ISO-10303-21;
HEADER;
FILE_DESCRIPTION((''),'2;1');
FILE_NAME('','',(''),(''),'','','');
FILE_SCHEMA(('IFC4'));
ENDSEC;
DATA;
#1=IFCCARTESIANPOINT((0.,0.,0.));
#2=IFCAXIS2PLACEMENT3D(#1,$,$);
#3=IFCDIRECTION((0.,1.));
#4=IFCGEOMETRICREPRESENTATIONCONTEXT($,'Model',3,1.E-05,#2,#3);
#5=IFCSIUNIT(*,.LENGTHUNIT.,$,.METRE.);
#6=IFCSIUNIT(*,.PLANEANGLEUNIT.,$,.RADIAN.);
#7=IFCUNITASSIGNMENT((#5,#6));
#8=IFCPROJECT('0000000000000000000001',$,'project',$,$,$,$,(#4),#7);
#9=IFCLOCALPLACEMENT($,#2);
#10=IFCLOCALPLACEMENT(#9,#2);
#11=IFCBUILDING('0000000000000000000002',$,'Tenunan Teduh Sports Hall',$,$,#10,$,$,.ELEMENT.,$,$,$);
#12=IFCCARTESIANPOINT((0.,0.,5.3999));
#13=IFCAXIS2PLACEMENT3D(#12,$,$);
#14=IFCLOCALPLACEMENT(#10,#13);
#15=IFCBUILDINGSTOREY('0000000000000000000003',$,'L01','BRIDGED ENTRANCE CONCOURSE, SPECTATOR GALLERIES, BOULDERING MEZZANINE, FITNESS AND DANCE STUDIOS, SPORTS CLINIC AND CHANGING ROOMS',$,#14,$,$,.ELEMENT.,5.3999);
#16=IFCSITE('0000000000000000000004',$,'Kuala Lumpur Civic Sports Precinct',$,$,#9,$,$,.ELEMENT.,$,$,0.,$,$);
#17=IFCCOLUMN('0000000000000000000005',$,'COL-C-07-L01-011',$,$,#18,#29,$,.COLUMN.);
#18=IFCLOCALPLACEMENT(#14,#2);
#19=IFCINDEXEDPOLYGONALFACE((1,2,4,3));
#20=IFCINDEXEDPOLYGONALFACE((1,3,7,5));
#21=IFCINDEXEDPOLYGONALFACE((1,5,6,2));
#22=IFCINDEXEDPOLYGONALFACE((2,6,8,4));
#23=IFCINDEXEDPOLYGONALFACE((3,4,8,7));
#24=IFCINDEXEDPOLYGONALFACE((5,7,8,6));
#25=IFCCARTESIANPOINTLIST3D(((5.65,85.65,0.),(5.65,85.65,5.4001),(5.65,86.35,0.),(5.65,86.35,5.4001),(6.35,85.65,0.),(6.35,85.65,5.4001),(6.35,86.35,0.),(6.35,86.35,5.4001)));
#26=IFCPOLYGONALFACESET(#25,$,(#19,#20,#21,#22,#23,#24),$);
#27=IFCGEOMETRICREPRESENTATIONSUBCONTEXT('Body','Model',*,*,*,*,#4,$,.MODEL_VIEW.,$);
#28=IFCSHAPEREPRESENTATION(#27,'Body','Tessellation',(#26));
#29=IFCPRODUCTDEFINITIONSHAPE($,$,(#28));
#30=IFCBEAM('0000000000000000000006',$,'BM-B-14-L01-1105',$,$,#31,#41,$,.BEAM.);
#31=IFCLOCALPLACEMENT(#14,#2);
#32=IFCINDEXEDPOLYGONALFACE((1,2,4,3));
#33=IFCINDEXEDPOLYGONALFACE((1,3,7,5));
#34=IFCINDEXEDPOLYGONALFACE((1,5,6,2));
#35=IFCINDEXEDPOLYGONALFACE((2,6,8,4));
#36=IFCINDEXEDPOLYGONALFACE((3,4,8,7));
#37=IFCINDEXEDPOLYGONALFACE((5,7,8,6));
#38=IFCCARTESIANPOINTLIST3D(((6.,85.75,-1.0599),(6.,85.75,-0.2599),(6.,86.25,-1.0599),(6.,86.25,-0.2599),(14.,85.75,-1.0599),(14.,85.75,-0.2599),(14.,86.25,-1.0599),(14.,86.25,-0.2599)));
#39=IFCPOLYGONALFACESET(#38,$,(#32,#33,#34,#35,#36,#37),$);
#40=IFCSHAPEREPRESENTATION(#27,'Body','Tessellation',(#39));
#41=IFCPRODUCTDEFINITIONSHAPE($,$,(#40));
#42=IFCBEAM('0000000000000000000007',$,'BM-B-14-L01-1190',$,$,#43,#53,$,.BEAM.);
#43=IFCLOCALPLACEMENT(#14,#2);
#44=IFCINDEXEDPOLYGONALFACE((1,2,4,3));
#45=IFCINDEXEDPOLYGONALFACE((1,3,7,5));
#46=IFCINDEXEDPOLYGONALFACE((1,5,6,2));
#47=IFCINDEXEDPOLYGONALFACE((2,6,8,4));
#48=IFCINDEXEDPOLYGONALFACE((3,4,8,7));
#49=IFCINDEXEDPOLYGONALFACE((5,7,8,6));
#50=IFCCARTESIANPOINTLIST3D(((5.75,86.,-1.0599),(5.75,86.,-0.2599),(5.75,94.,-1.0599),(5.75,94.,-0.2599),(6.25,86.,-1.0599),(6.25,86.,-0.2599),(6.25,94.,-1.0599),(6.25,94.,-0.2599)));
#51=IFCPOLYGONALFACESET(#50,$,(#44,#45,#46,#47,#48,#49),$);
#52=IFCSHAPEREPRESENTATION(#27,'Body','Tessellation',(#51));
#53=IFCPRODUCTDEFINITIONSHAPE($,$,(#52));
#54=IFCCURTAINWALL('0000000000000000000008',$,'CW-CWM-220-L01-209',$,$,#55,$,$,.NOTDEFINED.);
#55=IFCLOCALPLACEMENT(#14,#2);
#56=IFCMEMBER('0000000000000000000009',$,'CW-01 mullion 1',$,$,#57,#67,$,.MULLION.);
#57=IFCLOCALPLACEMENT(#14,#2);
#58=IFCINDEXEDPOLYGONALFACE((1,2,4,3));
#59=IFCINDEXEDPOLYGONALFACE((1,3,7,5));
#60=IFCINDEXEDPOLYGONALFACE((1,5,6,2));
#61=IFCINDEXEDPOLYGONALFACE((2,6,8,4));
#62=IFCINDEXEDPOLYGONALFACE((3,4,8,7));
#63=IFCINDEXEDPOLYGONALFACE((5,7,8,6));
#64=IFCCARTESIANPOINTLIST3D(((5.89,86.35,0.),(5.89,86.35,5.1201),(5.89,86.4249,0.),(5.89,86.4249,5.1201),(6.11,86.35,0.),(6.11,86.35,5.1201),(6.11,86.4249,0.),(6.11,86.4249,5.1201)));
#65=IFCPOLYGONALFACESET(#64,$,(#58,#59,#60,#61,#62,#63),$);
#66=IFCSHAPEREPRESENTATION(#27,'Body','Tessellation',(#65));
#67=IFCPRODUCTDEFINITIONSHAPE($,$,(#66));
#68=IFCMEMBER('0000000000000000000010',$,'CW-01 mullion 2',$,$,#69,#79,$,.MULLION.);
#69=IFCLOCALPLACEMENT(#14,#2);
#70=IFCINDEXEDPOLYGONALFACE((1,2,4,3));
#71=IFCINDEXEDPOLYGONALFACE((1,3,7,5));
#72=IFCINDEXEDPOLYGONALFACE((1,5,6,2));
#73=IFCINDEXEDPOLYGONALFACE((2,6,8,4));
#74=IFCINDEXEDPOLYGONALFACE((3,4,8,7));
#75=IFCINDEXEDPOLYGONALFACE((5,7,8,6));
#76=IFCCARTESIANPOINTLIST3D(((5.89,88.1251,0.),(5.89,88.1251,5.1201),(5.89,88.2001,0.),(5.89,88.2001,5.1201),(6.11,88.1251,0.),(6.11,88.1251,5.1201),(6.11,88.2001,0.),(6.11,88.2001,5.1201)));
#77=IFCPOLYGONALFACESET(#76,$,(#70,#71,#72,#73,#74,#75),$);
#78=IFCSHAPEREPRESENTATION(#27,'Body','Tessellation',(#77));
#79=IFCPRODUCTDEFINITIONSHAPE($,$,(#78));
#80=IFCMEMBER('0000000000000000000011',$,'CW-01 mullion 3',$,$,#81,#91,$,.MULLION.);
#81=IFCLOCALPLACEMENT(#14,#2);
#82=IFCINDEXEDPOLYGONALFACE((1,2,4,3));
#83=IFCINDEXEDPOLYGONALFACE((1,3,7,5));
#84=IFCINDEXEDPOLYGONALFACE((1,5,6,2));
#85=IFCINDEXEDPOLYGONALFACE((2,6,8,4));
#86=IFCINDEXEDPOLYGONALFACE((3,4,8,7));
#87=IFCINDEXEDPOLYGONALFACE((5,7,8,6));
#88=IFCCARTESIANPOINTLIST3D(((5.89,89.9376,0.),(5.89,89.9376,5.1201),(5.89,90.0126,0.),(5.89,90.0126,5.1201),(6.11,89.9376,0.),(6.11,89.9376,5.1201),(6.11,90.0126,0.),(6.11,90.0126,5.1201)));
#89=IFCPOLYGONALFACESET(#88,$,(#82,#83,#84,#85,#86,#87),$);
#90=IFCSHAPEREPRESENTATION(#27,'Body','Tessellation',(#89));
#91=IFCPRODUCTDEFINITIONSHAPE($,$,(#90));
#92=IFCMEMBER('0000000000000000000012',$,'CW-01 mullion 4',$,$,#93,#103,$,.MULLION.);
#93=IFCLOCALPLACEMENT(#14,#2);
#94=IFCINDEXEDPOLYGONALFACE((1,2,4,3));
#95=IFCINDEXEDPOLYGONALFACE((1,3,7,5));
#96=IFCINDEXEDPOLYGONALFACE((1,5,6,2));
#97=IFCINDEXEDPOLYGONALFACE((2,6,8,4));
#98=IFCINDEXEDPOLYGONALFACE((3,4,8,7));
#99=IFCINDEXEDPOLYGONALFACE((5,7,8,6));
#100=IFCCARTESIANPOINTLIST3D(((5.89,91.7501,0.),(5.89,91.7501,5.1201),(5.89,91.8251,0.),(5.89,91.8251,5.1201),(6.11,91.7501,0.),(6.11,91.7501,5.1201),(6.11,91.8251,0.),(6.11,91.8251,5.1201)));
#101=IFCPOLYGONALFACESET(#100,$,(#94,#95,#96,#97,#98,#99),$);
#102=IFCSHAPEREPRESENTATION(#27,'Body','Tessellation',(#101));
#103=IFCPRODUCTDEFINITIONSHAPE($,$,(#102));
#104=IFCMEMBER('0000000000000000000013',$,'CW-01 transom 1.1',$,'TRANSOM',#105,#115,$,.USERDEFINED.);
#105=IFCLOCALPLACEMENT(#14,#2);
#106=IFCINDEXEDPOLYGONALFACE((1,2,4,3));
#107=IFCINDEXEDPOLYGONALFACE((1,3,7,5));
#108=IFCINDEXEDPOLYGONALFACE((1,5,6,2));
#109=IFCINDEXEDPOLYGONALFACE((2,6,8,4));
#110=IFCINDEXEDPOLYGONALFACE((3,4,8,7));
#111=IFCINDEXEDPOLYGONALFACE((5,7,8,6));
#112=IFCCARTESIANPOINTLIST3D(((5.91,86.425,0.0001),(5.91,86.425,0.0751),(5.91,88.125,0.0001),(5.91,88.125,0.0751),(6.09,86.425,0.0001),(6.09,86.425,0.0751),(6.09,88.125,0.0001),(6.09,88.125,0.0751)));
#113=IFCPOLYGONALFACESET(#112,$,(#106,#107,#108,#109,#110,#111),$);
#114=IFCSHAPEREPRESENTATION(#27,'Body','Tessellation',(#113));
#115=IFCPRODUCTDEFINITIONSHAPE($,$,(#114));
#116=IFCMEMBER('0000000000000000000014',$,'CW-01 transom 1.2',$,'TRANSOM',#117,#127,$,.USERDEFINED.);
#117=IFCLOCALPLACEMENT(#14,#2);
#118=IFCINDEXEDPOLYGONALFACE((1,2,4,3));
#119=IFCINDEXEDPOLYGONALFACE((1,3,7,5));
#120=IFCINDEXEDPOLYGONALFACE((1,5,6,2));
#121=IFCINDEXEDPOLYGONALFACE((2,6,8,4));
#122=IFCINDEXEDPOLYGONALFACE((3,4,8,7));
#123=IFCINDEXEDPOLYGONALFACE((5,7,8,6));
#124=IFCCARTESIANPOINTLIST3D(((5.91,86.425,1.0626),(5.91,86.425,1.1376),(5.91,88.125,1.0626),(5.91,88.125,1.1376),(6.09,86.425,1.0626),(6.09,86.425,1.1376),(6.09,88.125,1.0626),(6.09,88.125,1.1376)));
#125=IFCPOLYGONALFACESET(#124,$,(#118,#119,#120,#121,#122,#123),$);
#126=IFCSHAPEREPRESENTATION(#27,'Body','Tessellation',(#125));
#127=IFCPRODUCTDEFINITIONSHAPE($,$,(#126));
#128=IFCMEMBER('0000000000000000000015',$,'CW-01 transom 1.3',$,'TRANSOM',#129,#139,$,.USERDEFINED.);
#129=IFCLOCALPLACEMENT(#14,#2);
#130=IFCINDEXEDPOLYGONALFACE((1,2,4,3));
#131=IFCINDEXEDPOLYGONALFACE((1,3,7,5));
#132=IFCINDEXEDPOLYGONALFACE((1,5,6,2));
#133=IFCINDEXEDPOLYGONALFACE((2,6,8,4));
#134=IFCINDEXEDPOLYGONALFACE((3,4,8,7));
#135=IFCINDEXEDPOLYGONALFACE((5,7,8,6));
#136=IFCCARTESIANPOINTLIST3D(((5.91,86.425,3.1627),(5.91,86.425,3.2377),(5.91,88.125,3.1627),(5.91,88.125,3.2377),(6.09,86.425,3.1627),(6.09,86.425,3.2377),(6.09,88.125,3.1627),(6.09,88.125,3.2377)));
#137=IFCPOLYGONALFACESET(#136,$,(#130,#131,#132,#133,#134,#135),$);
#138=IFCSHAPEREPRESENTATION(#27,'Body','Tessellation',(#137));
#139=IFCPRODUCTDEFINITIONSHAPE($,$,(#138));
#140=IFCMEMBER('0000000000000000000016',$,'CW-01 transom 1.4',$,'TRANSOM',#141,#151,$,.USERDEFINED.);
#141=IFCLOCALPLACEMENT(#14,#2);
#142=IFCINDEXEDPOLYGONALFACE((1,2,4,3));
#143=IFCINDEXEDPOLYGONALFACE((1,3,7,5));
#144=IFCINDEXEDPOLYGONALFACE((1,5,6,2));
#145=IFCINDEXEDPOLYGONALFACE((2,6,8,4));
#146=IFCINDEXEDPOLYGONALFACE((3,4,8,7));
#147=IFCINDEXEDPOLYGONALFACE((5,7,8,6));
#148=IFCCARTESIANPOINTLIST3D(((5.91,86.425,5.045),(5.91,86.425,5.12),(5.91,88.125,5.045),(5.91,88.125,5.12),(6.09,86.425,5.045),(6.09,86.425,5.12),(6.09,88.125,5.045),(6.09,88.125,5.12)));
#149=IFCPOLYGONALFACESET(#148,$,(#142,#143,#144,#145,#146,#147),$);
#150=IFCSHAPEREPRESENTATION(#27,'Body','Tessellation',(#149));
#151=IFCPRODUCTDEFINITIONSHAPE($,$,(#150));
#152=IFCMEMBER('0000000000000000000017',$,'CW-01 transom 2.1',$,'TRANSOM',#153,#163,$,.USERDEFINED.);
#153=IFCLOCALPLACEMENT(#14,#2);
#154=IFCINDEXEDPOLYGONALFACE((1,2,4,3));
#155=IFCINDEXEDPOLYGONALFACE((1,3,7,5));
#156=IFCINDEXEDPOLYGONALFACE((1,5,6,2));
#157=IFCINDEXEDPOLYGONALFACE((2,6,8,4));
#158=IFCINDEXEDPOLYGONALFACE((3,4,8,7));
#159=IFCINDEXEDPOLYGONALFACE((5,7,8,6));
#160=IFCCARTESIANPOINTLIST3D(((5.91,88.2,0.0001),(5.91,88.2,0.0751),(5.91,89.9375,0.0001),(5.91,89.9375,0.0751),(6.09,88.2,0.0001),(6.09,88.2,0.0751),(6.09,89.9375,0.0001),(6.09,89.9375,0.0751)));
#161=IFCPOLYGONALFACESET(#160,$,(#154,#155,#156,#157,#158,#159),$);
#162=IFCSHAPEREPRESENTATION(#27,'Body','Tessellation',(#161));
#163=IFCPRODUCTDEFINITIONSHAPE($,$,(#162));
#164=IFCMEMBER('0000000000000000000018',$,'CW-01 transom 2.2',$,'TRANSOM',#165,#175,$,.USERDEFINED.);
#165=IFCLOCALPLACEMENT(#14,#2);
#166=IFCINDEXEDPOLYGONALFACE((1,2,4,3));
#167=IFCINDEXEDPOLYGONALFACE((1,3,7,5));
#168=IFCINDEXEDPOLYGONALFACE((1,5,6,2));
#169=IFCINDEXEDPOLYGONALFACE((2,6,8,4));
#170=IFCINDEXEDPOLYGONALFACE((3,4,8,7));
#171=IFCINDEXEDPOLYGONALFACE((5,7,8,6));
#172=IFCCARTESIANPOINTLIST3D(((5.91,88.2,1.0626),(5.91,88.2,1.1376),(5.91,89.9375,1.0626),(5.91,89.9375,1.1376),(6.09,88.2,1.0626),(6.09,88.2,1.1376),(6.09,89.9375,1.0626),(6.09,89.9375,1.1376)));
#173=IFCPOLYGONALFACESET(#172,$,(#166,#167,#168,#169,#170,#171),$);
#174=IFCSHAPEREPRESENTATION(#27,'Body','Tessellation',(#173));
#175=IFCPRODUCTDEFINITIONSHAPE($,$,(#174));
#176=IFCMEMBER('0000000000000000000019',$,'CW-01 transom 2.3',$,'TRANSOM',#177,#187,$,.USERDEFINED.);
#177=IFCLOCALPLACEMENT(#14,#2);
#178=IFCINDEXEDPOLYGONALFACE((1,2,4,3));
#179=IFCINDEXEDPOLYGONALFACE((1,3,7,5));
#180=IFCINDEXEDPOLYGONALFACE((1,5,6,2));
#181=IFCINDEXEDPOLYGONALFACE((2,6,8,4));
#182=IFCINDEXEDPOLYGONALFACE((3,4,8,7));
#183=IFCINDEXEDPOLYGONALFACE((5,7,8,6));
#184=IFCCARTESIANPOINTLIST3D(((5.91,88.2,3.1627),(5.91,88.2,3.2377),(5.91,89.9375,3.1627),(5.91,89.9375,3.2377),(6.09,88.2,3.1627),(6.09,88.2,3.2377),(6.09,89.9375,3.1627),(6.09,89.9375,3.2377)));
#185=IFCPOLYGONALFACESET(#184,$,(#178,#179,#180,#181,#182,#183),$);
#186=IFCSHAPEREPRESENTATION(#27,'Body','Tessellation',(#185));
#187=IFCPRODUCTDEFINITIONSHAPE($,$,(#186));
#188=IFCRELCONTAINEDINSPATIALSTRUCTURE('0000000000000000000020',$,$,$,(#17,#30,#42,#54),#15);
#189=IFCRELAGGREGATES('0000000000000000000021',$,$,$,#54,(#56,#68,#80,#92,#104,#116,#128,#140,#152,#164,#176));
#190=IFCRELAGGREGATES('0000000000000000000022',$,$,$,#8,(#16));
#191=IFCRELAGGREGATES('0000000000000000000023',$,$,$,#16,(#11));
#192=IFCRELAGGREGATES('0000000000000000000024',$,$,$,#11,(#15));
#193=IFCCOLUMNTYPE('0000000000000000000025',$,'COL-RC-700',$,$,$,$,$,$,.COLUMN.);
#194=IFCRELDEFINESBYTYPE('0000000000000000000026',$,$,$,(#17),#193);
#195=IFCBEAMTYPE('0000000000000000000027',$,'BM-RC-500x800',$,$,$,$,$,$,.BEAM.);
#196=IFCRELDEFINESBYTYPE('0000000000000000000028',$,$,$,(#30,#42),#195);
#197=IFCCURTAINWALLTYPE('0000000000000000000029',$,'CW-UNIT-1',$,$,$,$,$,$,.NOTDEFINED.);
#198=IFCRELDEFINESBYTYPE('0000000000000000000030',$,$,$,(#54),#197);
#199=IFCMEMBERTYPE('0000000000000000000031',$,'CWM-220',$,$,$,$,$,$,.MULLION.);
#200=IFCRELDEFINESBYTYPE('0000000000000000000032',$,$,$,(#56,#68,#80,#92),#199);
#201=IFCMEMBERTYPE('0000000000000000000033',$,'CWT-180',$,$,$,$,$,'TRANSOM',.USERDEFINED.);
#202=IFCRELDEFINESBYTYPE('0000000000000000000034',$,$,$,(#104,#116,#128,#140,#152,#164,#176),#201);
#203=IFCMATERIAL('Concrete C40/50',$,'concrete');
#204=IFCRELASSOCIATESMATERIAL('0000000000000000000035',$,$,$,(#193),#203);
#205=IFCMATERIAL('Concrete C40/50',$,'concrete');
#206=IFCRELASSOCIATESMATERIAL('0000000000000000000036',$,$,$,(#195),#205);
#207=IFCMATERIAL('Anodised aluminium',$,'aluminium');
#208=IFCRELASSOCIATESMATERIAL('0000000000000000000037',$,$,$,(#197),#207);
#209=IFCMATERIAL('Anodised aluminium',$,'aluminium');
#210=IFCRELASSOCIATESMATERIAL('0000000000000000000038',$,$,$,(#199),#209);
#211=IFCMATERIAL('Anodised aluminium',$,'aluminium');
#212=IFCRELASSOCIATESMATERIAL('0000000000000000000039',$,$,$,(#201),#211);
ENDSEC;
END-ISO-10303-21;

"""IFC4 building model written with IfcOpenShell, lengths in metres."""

from ifc_helpers import new_model, si_unit, direction, frame, origin, origin_2d, place, context, subcontext, project, spatial, rectangle, extrude, material, material_profile, profile_set, type_object, element, aggregate, save


model = new_model("IFC4")

# Units and contexts
model_context = context("Model", 3, precision=1e-05, world=origin(), true_north=direction((0.0, 1.0)))
body_context = subcontext(model_context, "Body", "Model", "MODEL_VIEW")
ifc_project = project(units=[si_unit("LENGTHUNIT", "METRE"), si_unit("PLANEANGLEUNIT", "RADIAN")], contexts=[model_context])

# Site, building, storey
site_placement = place(None, origin())
site = spatial("IfcSite", under=ifc_project, at=site_placement, Name="Kuala Lumpur Civic Sports Precinct", CompositionType="ELEMENT", RefElevation=0.0)
building_placement = place(site_placement, origin())
building = spatial("IfcBuilding", under=site, at=building_placement, Name="Tenunan Teduh Sports Hall", CompositionType="ELEMENT")
storey_placement = place(building_placement, frame((0.0, 0.0, 5.3999)))
storey = spatial("IfcBuildingStorey", under=building, at=storey_placement, Name="L01", Description="BRIDGED ENTRANCE CONCOURSE, SPECTATOR GALLERIES, BOULDERING MEZZANINE, FITNESS AND DANCE STUDIOS, SPORTS CLINIC AND CHANGING ROOMS", CompositionType="ELEMENT", Elevation=5.3999)

# Column
ifc_material_1 = material(Name="Concrete C40/50", Category="concrete")
ifc_material_profile_1 = material_profile(ifc_material_1, rectangle(XDim=0.7, YDim=0.7, at=origin_2d()), Name="RC 700x700")
ifc_profile_set_1 = profile_set([ifc_material_profile_1], Name="Concrete C40/50")
column_type = type_object("IfcColumnType", Name="COL-RC-700", PredefinedType="COLUMN", material=ifc_profile_set_1)
column_placement = place(storey_placement, frame((6.0, 86.0, 0.0), z_axis=(0.0, 0.0, 1.0), x_axis=(1.0, 0.0, 0.0)))
element("IfcColumn", 1, at=column_placement, inside=storey, type_object=column_type, Name="COL-C-07-L01-011", PredefinedType="COLUMN", context=body_context, shape_type="SweptSolid", body=[
    extrude(rectangle(XDim=0.7, YDim=0.7, at=origin_2d()), origin(), (0.0, 0.0, 1.0), 5.4001),
])

# Beams
ifc_material_2 = material(Name="Concrete C40/50", Category="concrete")
ifc_material_profile_2 = material_profile(ifc_material_2, rectangle(XDim=0.5, YDim=0.8, at=origin_2d()), Name="RCB 500x800")
ifc_profile_set_2 = profile_set([ifc_material_profile_2], Name="Concrete C40/50")
beam_type = type_object("IfcBeamType", Name="BM-RC-500x800", PredefinedType="BEAM", material=ifc_profile_set_2)
for number, where, z_axis, x_axis, name in (
    (2, (6.0, 86.0, -0.6599), (1.0, 0.0, 0.0), (0.0, 1.0, 0.0), "BM-B-14-L01-1105"),
    (3, (6.0, 86.0, -0.6599), (0.0, 1.0, 0.0), (-1.0, 0.0, 0.0), "BM-B-14-L01-1190"),
):
    element("IfcBeam", number, at=place(storey_placement, frame(where, z_axis=z_axis, x_axis=x_axis)), inside=storey, type_object=beam_type, Name=name, PredefinedType="BEAM", context=body_context, shape_type="SweptSolid", body=[
        extrude(rectangle(XDim=0.5, YDim=0.8, at=origin_2d()), origin(), (0.0, 0.0, 1.0), 8.0),
    ])

# Curtain wall, members
ifc_material_3 = material(Name="Anodised aluminium", Category="aluminium")
curtain_wall_type = type_object("IfcCurtainWallType", Name="CW-UNIT-1", PredefinedType="NOTDEFINED", material=ifc_material_3)
curtain_wall_placement = place(storey_placement, origin())
curtain_wall = element("IfcCurtainWall", 4, at=curtain_wall_placement, inside=storey, type_object=curtain_wall_type, Name="CW-CWM-220-L01-209", PredefinedType="NOTDEFINED")
ifc_material_4 = material(Name="Anodised aluminium", Category="aluminium")
ifc_material_profile_3 = material_profile(ifc_material_4, rectangle(XDim=0.075, YDim=0.22, at=origin_2d()), Name="CWM 75x220")
ifc_profile_set_3 = profile_set([ifc_material_profile_3], Name="Anodised aluminium")
member_type_1 = type_object("IfcMemberType", Name="CWM-220", PredefinedType="MULLION", material=ifc_profile_set_3)
member_1_placement = place(storey_placement, frame((6.0, 86.3875, 0.0), z_axis=(0.0, 0.0, 1.0), x_axis=(0.0, 1.0, 0.0)))
member_1 = element("IfcMember", 5, at=member_1_placement, type_object=member_type_1, Name="CW-01 mullion 1", PredefinedType="MULLION", context=body_context, shape_type="SweptSolid", body=[
    extrude(rectangle(XDim=0.075, YDim=0.22, at=origin_2d()), origin(), (0.0, 0.0, 1.0), 5.1201),
])
member_2_placement = place(storey_placement, frame((6.0, 88.1626, 0.0), z_axis=(0.0, 0.0, 1.0), x_axis=(0.0, 1.0, 0.0)))
member_2 = element("IfcMember", 6, at=member_2_placement, type_object=member_type_1, Name="CW-01 mullion 2", PredefinedType="MULLION", context=body_context, shape_type="SweptSolid", body=[
    extrude(rectangle(XDim=0.075, YDim=0.22, at=origin_2d()), origin(), (0.0, 0.0, 1.0), 5.1201),
])
member_3_placement = place(storey_placement, frame((6.0, 89.9751, 0.0), z_axis=(0.0, 0.0, 1.0), x_axis=(0.0, 1.0, 0.0)))
member_3 = element("IfcMember", 7, at=member_3_placement, type_object=member_type_1, Name="CW-01 mullion 3", PredefinedType="MULLION", context=body_context, shape_type="SweptSolid", body=[
    extrude(rectangle(XDim=0.075, YDim=0.22, at=origin_2d()), origin(), (0.0, 0.0, 1.0), 5.1201),
])
member_4_placement = place(storey_placement, frame((6.0, 91.7876, 0.0), z_axis=(0.0, 0.0, 1.0), x_axis=(0.0, 1.0, 0.0)))
member_4 = element("IfcMember", 8, at=member_4_placement, type_object=member_type_1, Name="CW-01 mullion 4", PredefinedType="MULLION", context=body_context, shape_type="SweptSolid", body=[
    extrude(rectangle(XDim=0.075, YDim=0.22, at=origin_2d()), origin(), (0.0, 0.0, 1.0), 5.1201),
])
ifc_material_5 = material(Name="Anodised aluminium", Category="aluminium")
ifc_material_profile_4 = material_profile(ifc_material_5, rectangle(XDim=0.075, YDim=0.1799, at=origin_2d()), Name="CWT 75x180")
ifc_profile_set_4 = profile_set([ifc_material_profile_4], Name="Anodised aluminium")
member_type_2 = type_object("IfcMemberType", Name="CWT-180", ElementType="TRANSOM", PredefinedType="USERDEFINED", material=ifc_profile_set_4)
member_5_placement = place(storey_placement, frame((6.0, 86.425, 0.0376), z_axis=(0.0, 1.0, 0.0), x_axis=(0.0, 0.0, 1.0)))
member_5 = element("IfcMember", 9, at=member_5_placement, type_object=member_type_2, Name="CW-01 transom 1.1", ObjectType="TRANSOM", PredefinedType="USERDEFINED", context=body_context, shape_type="SweptSolid", body=[
    extrude(rectangle(XDim=0.075, YDim=0.1799, at=origin_2d()), origin(), (0.0, 0.0, 1.0), 1.7),
])
member_6_placement = place(storey_placement, frame((6.0, 86.425, 1.1001), z_axis=(0.0, 1.0, 0.0), x_axis=(0.0, 0.0, 1.0)))
member_6 = element("IfcMember", 10, at=member_6_placement, type_object=member_type_2, Name="CW-01 transom 1.2", ObjectType="TRANSOM", PredefinedType="USERDEFINED", context=body_context, shape_type="SweptSolid", body=[
    extrude(rectangle(XDim=0.075, YDim=0.1799, at=origin_2d()), origin(), (0.0, 0.0, 1.0), 1.7),
])
member_7_placement = place(storey_placement, frame((6.0, 86.425, 3.2002), z_axis=(0.0, 1.0, 0.0), x_axis=(0.0, 0.0, 1.0)))
member_7 = element("IfcMember", 11, at=member_7_placement, type_object=member_type_2, Name="CW-01 transom 1.3", ObjectType="TRANSOM", PredefinedType="USERDEFINED", context=body_context, shape_type="SweptSolid", body=[
    extrude(rectangle(XDim=0.075, YDim=0.1799, at=origin_2d()), origin(), (0.0, 0.0, 1.0), 1.7),
])
member_8_placement = place(storey_placement, frame((6.0, 86.425, 5.0825), z_axis=(0.0, 1.0, 0.0), x_axis=(0.0, 0.0, 1.0)))
member_8 = element("IfcMember", 12, at=member_8_placement, type_object=member_type_2, Name="CW-01 transom 1.4", ObjectType="TRANSOM", PredefinedType="USERDEFINED", context=body_context, shape_type="SweptSolid", body=[
    extrude(rectangle(XDim=0.075, YDim=0.1799, at=origin_2d()), origin(), (0.0, 0.0, 1.0), 1.7),
])
member_9_placement = place(storey_placement, frame((6.0, 88.2, 0.0376), z_axis=(0.0, 1.0, 0.0), x_axis=(0.0, 0.0, 1.0)))
member_9 = element("IfcMember", 13, at=member_9_placement, type_object=member_type_2, Name="CW-01 transom 2.1", ObjectType="TRANSOM", PredefinedType="USERDEFINED", context=body_context, shape_type="SweptSolid", body=[
    extrude(rectangle(XDim=0.075, YDim=0.1799, at=origin_2d()), origin(), (0.0, 0.0, 1.0), 1.7375),
])
member_10_placement = place(storey_placement, frame((6.0, 88.2, 1.1001), z_axis=(0.0, 1.0, 0.0), x_axis=(0.0, 0.0, 1.0)))
member_10 = element("IfcMember", 14, at=member_10_placement, type_object=member_type_2, Name="CW-01 transom 2.2", ObjectType="TRANSOM", PredefinedType="USERDEFINED", context=body_context, shape_type="SweptSolid", body=[
    extrude(rectangle(XDim=0.075, YDim=0.1799, at=origin_2d()), origin(), (0.0, 0.0, 1.0), 1.7375),
])
member_11_placement = place(storey_placement, frame((6.0, 88.2, 3.2002), z_axis=(0.0, 1.0, 0.0), x_axis=(0.0, 0.0, 1.0)))
member_11 = element("IfcMember", 15, at=member_11_placement, type_object=member_type_2, Name="CW-01 transom 2.3", ObjectType="TRANSOM", PredefinedType="USERDEFINED", context=body_context, shape_type="SweptSolid", body=[
    extrude(rectangle(XDim=0.075, YDim=0.1799, at=origin_2d()), origin(), (0.0, 0.0, 1.0), 1.7375),
])

aggregate(curtain_wall, [member_1, member_2, member_3, member_4, member_5, member_6, member_7, member_8, member_9, member_10, member_11])

save(model, "model.ifc")
